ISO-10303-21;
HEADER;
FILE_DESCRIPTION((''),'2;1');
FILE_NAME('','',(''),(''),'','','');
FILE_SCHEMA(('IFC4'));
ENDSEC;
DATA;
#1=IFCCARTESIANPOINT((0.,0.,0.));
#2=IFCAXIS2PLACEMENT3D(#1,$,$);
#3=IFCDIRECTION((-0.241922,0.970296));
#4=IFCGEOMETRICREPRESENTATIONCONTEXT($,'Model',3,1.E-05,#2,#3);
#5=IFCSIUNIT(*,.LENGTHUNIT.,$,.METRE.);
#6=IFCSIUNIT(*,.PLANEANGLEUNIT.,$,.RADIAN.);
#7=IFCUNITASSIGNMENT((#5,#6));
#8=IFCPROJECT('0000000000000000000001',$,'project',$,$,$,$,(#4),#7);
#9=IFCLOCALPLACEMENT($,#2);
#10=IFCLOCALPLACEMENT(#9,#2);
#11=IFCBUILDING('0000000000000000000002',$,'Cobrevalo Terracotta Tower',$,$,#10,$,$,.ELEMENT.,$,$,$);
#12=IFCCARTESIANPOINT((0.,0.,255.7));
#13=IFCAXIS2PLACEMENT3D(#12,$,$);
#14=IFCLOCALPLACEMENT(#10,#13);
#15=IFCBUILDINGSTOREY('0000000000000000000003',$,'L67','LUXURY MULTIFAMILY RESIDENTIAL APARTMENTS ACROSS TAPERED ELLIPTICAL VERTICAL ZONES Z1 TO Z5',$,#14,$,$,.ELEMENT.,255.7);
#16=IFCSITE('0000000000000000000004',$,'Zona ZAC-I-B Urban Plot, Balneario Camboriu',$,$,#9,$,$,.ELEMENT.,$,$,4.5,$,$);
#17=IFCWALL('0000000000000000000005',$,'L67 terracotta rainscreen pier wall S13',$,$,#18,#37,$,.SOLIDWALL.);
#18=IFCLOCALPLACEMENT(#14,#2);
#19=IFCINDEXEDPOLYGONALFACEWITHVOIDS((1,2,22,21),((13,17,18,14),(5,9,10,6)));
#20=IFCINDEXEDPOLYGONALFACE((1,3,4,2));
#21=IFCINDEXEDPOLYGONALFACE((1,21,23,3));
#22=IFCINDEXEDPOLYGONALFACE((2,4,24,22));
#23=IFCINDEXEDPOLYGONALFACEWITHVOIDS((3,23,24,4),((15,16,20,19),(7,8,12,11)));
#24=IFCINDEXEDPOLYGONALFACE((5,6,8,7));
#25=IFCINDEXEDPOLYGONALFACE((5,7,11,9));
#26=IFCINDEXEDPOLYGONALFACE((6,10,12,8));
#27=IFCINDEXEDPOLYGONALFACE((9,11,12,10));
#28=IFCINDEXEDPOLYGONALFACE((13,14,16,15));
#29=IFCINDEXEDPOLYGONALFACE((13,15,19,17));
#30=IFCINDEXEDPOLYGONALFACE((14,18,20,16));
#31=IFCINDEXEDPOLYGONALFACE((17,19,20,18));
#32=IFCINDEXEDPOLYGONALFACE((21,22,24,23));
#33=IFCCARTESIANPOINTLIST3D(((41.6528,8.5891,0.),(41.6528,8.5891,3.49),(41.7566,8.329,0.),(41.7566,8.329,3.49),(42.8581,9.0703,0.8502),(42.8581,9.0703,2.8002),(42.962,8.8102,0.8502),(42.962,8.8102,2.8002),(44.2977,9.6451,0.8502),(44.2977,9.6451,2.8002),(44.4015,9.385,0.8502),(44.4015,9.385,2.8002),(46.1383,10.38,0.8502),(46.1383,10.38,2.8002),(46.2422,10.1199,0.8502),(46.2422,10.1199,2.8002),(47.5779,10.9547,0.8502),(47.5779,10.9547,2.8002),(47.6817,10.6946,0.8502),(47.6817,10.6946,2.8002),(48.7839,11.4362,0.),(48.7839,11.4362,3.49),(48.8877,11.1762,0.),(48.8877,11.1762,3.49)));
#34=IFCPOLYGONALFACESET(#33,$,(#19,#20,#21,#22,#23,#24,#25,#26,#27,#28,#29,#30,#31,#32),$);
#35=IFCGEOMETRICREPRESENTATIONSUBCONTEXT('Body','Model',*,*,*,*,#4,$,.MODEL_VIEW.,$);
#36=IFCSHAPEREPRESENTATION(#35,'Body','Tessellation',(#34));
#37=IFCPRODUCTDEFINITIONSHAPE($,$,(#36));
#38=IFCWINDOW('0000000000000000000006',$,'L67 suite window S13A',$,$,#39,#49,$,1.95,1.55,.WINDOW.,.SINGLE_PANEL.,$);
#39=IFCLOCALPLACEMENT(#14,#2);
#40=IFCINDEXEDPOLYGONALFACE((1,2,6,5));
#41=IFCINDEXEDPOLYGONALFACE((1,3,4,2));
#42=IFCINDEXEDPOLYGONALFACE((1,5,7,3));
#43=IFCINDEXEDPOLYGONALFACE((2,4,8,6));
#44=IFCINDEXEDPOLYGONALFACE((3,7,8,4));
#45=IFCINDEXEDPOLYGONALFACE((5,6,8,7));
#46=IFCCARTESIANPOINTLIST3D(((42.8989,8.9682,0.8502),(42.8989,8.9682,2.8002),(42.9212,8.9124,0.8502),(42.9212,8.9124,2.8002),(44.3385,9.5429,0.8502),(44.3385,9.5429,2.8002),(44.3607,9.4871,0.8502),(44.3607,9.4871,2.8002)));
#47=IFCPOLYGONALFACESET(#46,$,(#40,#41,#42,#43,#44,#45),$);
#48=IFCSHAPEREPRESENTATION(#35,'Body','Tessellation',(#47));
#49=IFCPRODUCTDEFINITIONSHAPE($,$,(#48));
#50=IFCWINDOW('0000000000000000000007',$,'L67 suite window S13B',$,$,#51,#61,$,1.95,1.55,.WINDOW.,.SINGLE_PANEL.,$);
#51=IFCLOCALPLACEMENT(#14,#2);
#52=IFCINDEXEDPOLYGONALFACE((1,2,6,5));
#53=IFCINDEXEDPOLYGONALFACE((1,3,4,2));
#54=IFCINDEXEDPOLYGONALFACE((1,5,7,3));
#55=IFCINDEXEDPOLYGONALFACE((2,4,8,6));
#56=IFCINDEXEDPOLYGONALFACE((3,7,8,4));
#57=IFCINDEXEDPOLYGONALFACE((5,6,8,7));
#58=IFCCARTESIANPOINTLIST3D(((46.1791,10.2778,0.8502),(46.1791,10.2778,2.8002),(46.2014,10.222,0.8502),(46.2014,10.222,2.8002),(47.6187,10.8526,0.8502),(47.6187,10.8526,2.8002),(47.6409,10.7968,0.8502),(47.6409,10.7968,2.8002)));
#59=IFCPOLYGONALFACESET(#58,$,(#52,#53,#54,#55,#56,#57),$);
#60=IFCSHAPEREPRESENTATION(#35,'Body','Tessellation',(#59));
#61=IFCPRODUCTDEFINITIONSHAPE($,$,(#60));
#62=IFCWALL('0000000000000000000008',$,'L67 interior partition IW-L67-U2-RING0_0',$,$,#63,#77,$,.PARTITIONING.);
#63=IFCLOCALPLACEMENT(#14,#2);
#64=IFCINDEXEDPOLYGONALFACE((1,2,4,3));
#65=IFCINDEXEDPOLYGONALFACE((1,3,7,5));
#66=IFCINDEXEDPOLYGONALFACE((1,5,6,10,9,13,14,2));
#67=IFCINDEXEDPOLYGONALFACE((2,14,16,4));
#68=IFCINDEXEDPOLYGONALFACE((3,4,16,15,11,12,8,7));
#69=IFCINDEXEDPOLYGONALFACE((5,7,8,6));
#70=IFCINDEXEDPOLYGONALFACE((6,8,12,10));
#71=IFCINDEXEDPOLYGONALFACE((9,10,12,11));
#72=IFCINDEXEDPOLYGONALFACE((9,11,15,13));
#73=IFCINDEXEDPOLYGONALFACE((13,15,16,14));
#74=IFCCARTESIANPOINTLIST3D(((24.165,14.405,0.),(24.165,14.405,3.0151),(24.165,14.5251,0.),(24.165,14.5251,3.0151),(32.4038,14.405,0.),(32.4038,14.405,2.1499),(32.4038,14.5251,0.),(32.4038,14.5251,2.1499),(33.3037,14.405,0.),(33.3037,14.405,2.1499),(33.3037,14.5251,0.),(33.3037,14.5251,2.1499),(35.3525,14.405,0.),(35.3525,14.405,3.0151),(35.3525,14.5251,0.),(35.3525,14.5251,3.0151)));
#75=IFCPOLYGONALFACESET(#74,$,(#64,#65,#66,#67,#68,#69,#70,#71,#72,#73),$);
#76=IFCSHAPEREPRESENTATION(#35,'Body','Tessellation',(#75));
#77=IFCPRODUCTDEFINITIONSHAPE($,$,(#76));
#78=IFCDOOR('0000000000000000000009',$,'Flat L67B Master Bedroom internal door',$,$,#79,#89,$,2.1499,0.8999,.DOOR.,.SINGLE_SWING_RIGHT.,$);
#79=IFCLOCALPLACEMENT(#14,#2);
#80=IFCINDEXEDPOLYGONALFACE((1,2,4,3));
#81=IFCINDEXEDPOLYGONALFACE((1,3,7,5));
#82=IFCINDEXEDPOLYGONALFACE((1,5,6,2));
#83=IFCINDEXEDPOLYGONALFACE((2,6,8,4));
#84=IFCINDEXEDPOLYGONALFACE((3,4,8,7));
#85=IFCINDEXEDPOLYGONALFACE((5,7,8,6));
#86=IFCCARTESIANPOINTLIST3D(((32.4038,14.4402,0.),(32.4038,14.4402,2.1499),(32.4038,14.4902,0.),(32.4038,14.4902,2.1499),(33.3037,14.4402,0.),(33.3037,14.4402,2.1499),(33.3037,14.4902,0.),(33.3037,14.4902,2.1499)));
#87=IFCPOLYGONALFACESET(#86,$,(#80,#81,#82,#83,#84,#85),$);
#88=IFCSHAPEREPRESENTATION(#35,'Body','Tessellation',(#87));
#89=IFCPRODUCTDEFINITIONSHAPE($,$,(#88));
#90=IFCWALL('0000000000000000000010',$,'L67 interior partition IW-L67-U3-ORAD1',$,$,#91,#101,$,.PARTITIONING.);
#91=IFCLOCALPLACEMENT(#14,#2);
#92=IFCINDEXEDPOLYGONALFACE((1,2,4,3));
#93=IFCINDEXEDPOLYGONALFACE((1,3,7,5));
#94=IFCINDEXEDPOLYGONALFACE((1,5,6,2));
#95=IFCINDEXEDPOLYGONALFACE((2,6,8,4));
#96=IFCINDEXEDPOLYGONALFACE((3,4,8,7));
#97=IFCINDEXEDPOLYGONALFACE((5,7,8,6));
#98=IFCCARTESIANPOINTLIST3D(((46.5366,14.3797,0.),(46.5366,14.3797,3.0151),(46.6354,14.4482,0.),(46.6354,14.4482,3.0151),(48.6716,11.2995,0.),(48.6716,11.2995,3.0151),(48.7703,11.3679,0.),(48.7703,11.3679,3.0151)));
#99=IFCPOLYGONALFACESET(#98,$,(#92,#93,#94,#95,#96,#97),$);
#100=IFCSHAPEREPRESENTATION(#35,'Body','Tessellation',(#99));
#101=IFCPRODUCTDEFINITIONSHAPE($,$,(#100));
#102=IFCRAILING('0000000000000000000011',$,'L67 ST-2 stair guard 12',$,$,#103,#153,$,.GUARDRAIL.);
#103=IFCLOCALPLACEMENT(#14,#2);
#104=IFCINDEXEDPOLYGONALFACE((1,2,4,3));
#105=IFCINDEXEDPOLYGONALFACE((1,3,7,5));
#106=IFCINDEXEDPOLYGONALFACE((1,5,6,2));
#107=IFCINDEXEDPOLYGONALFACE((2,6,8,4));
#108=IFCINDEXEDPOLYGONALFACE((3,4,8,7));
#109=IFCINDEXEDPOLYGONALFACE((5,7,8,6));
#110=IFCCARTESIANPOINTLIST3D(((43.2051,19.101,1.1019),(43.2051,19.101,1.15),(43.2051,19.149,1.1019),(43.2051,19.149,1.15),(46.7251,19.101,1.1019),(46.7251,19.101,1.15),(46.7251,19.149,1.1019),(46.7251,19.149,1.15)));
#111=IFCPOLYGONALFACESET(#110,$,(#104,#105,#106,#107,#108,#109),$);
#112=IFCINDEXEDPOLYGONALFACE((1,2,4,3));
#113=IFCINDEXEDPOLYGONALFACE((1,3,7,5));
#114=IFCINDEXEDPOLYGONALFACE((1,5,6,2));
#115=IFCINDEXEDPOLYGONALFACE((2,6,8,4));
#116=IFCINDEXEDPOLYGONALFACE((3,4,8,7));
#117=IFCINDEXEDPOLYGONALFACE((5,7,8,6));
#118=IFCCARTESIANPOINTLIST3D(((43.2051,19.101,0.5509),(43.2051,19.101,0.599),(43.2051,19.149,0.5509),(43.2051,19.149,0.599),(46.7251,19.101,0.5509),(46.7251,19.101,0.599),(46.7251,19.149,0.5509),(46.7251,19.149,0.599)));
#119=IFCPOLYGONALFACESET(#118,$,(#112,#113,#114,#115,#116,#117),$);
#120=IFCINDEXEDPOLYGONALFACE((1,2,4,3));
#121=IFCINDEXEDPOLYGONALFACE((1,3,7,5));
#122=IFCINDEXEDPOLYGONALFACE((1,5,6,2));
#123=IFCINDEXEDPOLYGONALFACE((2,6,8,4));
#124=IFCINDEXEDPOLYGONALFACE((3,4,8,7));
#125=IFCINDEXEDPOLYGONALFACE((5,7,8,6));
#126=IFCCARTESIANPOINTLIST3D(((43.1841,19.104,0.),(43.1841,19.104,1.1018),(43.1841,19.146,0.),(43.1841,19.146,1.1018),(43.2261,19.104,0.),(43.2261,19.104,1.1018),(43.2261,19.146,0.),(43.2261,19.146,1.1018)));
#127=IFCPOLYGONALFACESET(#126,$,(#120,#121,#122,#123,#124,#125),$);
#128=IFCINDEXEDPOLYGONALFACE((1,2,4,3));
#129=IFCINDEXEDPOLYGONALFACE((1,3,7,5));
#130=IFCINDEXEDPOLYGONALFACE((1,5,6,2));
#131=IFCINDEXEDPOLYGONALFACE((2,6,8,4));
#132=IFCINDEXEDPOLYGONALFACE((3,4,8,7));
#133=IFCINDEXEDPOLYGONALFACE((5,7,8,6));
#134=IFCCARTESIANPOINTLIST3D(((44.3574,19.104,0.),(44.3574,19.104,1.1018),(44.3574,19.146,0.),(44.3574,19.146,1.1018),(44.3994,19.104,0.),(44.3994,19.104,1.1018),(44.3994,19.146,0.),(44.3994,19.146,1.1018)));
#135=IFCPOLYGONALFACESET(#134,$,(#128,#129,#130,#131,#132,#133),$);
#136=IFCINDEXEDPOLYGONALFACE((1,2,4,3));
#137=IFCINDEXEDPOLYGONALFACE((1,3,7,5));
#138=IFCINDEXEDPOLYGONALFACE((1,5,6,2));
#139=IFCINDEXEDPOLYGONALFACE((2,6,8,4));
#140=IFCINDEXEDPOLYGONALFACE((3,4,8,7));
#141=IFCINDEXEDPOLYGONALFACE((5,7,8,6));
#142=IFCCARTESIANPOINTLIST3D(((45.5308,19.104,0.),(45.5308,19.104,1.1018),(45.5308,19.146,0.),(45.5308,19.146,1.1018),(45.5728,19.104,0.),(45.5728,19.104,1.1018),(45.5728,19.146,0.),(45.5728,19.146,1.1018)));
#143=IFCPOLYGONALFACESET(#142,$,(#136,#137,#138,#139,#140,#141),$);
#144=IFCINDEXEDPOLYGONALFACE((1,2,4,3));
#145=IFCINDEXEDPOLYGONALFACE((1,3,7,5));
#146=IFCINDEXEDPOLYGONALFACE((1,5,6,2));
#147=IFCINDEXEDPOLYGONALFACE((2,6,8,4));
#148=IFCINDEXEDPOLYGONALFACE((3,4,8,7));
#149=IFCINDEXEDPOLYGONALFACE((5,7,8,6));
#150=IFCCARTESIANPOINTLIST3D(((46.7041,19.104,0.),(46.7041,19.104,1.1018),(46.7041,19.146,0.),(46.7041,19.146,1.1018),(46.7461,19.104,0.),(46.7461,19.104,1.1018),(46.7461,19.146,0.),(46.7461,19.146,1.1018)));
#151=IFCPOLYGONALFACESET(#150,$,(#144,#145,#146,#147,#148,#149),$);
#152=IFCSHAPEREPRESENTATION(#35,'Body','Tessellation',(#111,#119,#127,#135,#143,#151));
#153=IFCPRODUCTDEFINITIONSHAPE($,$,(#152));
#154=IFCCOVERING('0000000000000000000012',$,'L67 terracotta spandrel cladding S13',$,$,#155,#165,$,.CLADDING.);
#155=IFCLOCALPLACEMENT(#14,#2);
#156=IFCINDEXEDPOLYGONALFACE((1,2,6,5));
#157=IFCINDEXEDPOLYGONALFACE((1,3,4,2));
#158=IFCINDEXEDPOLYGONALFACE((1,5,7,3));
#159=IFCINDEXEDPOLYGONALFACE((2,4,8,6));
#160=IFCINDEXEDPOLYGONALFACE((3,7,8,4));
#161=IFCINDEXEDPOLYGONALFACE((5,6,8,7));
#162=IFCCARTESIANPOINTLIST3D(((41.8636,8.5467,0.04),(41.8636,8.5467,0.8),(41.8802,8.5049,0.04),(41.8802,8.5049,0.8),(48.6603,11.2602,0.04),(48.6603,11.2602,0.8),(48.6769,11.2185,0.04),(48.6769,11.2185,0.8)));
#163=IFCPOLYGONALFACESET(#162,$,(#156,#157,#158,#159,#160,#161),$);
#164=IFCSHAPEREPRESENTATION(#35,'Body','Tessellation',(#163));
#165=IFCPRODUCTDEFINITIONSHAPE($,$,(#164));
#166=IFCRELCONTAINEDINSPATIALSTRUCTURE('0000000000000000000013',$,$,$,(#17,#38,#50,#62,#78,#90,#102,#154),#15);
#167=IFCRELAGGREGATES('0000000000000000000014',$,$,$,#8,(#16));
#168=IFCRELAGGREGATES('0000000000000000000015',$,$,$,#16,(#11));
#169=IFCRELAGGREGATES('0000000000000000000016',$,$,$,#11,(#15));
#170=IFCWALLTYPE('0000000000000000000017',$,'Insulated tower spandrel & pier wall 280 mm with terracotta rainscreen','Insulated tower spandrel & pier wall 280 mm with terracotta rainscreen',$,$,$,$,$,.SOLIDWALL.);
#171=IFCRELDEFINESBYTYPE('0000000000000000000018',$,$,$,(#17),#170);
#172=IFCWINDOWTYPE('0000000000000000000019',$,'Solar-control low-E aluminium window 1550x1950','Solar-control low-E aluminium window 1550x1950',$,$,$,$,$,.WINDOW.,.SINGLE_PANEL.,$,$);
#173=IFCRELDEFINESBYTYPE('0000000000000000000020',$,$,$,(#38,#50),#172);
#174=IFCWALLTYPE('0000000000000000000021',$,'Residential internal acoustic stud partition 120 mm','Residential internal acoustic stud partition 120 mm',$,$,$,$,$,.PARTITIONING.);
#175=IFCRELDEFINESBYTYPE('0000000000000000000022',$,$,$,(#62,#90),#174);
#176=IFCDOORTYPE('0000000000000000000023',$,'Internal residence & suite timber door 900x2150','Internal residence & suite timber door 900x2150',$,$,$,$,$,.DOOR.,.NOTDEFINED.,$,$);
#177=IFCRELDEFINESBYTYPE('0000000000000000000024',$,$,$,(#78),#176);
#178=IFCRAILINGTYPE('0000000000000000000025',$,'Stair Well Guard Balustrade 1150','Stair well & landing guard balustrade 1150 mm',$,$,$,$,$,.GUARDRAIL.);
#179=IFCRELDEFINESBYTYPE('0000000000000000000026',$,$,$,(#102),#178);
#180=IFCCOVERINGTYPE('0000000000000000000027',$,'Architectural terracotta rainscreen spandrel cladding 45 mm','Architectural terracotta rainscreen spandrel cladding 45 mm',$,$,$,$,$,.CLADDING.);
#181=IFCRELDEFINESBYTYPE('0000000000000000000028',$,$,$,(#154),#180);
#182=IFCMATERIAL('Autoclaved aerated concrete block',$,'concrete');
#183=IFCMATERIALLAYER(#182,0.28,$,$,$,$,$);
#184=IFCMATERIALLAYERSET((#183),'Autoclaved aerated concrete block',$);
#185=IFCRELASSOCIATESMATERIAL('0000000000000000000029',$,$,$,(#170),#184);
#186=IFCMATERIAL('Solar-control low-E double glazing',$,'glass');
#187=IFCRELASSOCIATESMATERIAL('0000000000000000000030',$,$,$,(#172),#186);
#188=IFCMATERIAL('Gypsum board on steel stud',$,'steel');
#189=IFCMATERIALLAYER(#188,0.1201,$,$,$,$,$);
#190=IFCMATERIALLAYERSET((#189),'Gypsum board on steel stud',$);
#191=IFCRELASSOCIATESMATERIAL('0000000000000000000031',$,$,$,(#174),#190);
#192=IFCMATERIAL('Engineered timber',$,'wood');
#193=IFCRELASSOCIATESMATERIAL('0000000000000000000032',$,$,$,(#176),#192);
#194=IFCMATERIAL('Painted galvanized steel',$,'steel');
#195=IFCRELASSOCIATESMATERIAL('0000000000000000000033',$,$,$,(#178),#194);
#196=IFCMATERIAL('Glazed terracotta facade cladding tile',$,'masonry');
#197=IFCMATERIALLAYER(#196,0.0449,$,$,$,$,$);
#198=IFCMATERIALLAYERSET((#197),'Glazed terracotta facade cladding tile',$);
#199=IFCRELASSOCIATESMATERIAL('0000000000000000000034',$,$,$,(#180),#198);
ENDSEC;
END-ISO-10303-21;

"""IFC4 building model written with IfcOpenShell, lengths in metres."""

from ifc_helpers import new_model, si_unit, direction, frame, frame_2d, origin, origin_2d, place, context, subcontext, project, spatial, rectangle, extrude, source, transform, mapped, material, layer, layer_set, type_object, element, fill, save


model = new_model("IFC4")

# Units and contexts
model_context = context("Model", 3, precision=1e-05, world=origin(), true_north=direction((-0.241922, 0.970296)))
body_context = subcontext(model_context, "Body", "Model", "MODEL_VIEW")
ifc_project = project(units=[si_unit("LENGTHUNIT", "METRE"), si_unit("PLANEANGLEUNIT", "RADIAN")], contexts=[model_context])

# Site, building, storey
site_placement = place(None, origin())
site = spatial("IfcSite", under=ifc_project, at=site_placement, Name="Zona ZAC-I-B Urban Plot, Balneario Camboriu", CompositionType="ELEMENT", RefElevation=4.5)
building_placement = place(site_placement, origin())
building = spatial("IfcBuilding", under=site, at=building_placement, Name="Cobrevalo Terracotta Tower", CompositionType="ELEMENT")
storey_placement = place(building_placement, frame((0.0, 0.0, 255.7)))
storey = spatial("IfcBuildingStorey", under=building, at=storey_placement, Name="L67", Description="LUXURY MULTIFAMILY RESIDENTIAL APARTMENTS ACROSS TAPERED ELLIPTICAL VERTICAL ZONES Z1 TO Z5", CompositionType="ELEMENT", Elevation=255.7)

# Shared definitions
ifc_material_1 = material(Name="Autoclaved aerated concrete block", Category="concrete")

# Wall, openings, windows
ifc_layer_1 = layer(ifc_material_1, 0.28)
ifc_layer_set_1 = layer_set([ifc_layer_1], Name="Autoclaved aerated concrete block")
wall_type_1 = type_object("IfcWallType", Name="Insulated tower spandrel & pier wall 280 mm with terracotta rainscreen", Description="Insulated tower spandrel & pier wall 280 mm with terracotta rainscreen", PredefinedType="SOLIDWALL", material=ifc_layer_set_1)
wall_1_placement = place(storey_placement, frame((41.7046, 8.459, 0.0), z_axis=(0.0, 0.0, 1.0), x_axis=(0.928713, 0.370799, 0.0)))
wall_1 = element("IfcWall", 1, at=wall_1_placement, inside=storey, type_object=wall_type_1, Name="L67 terracotta rainscreen pier wall S13", PredefinedType="SOLIDWALL", context=body_context, shape_type="SweptSolid", body=[
    extrude(rectangle(XDim=7.6785, YDim=0.28, at=frame_2d((3.8394, 0.0))), origin(), (0.0, 0.0, 1.0), 3.49),
])
opening_1_placement = place(wall_1_placement, frame((1.2981, 0.0, 0.8501)))
opening_1 = element("IfcOpeningElement", 2, at=opening_1_placement, cuts=wall_1, PredefinedType="OPENING", context=body_context, shape_type="SweptSolid", body=[
    extrude(rectangle(XDim=1.55, YDim=1.95, at=frame_2d((0.7749, 0.9751))), frame((0.0, 0.1499, 0.0), z_axis=(0.0, -1.0, 0.0), x_axis=(1.0, 0.0, 0.0)), (0.0, 0.0, 1.0), 0.3),
])
opening_2_placement = place(wall_1_placement, frame((4.8301, 0.0, 0.8501)))
opening_2 = element("IfcOpeningElement", 3, at=opening_2_placement, cuts=wall_1, PredefinedType="OPENING", context=body_context, shape_type="SweptSolid", body=[
    extrude(rectangle(XDim=1.55, YDim=1.95, at=frame_2d((0.7749, 0.9751))), frame((0.0, 0.1499, 0.0), z_axis=(0.0, -1.0, 0.0), x_axis=(1.0, 0.0, 0.0)), (0.0, 0.0, 1.0), 0.3),
])
ifc_material_2 = material(Name="Solar-control low-E double glazing", Category="glass")
window_type = type_object("IfcWindowType", Name="Solar-control low-E aluminium window 1550x1950", Description="Solar-control low-E aluminium window 1550x1950", PartitioningType="SINGLE_PANEL", PredefinedType="WINDOW", material=ifc_material_2)
shared_shape_1 = source(origin(), body_context, "Body", "SweptSolid", [
    extrude(rectangle(XDim=1.55, YDim=1.95, at=frame_2d((0.7749, 0.9751))), frame((0.0, 0.03, 0.0), z_axis=(0.0, -1.0, 0.0), x_axis=(1.0, 0.0, 0.0)), (0.0, 0.0, 1.0), 0.0601),
])
window_1_placement = place(opening_1_placement, origin())
window_1 = element("IfcWindow", 4, at=window_1_placement, inside=storey, type_object=window_type, Name="L67 suite window S13A", OverallHeight=1.95, OverallWidth=1.55, PartitioningType="SINGLE_PANEL", PredefinedType="WINDOW", context=body_context, shape_type="MappedRepresentation", body=[
    mapped(shared_shape_1, transform((0.0, 0.0, 0.0), scale=1.0)),
])
fill(opening_1, window_1)
window_2_placement = place(opening_2_placement, origin())
window_2 = element("IfcWindow", 5, at=window_2_placement, inside=storey, type_object=window_type, Name="L67 suite window S13B", OverallHeight=1.95, OverallWidth=1.55, PartitioningType="SINGLE_PANEL", PredefinedType="WINDOW", context=body_context, shape_type="MappedRepresentation", body=[
    mapped(shared_shape_1, transform((0.0, 0.0, 0.0), scale=1.0)),
])
fill(opening_2, window_2)

# Wall, opening, door
ifc_material_3 = material(Name="Gypsum board on steel stud", Category="steel")
ifc_layer_2 = layer(ifc_material_3, 0.1201)
ifc_layer_set_2 = layer_set([ifc_layer_2], Name="Gypsum board on steel stud")
wall_type_2 = type_object("IfcWallType", Name="Residential internal acoustic stud partition 120 mm", Description="Residential internal acoustic stud partition 120 mm", PredefinedType="PARTITIONING", material=ifc_layer_set_2)
wall_2_placement = place(storey_placement, frame((35.3525, 14.4651, 0.0), z_axis=(0.0, 0.0, 1.0), x_axis=(-1.0, 0.0, 0.0)))
wall_2 = element("IfcWall", 6, at=wall_2_placement, inside=storey, type_object=wall_type_2, Name="L67 interior partition IW-L67-U2-RING0_0", PredefinedType="PARTITIONING", context=body_context, shape_type="SweptSolid", body=[
    extrude(rectangle(XDim=11.1875, YDim=0.1201, at=frame_2d((5.5938, 0.0))), origin(), (0.0, 0.0, 1.0), 3.0151),
])
opening_3_placement = place(wall_2_placement, frame((2.0488, 0.0, 0.0)))
opening_3 = element("IfcOpeningElement", 7, at=opening_3_placement, cuts=wall_2, PredefinedType="OPENING", context=body_context, shape_type="SweptSolid", body=[
    extrude(rectangle(XDim=0.8999, YDim=2.1499, at=frame_2d((0.45, 1.075))), frame((0.0, 0.0701, 0.0), z_axis=(0.0, -1.0, 0.0), x_axis=(1.0, 0.0, 0.0)), (0.0, 0.0, 1.0), 0.1401),
])
ifc_material_4 = material(Name="Engineered timber", Category="wood")
door_type_1 = type_object("IfcDoorType", Name="Internal residence & suite timber door 900x2150", Description="Internal residence & suite timber door 900x2150", OperationType="NOTDEFINED", PredefinedType="DOOR", material=ifc_material_4)
shared_shape_2 = source(origin(), body_context, "Body", "SweptSolid", [
    extrude(rectangle(XDim=0.8999, YDim=2.1499, at=frame_2d((0.45, 1.075))), frame((0.0, 0.0249, 0.0), z_axis=(0.0, -1.0, 0.0), x_axis=(1.0, 0.0, 0.0)), (0.0, 0.0, 1.0), 0.05),
])
door_1_placement = place(opening_3_placement, origin())
door_1 = element("IfcDoor", 8, at=door_1_placement, inside=storey, type_object=door_type_1, Name="Flat L67B Master Bedroom internal door", OperationType="SINGLE_SWING_RIGHT", OverallHeight=2.1499, OverallWidth=0.8999, PredefinedType="DOOR", context=body_context, shape_type="MappedRepresentation", body=[
    mapped(shared_shape_2, transform((0.0, 0.0, 0.0), scale=1.0)),
])
fill(opening_3, door_1)

# Wall
wall_3_placement = place(storey_placement, frame((46.5859, 14.4141, 0.0), z_axis=(0.0, 0.0, 1.0), x_axis=(0.569657, -0.821883, 0.0)))
element("IfcWall", 9, at=wall_3_placement, inside=storey, type_object=wall_type_2, Name="L67 interior partition IW-L67-U3-ORAD1", PredefinedType="PARTITIONING", context=body_context, shape_type="SweptSolid", body=[
    extrude(rectangle(XDim=3.7478, YDim=0.1201, at=frame_2d((1.874, 0.0))), origin(), (0.0, 0.0, 1.0), 3.0151),
])

# Railing
ifc_material_5 = material(Name="Painted galvanized steel", Category="steel")
railing_type = type_object("IfcRailingType", Name="Stair Well Guard Balustrade 1150", Description="Stair well & landing guard balustrade 1150 mm", PredefinedType="GUARDRAIL", material=ifc_material_5)
railing_placement = place(storey_placement, frame((43.2051, 19.125, 0.0)))
element("IfcRailing", 10, at=railing_placement, inside=storey, type_object=railing_type, Name="L67 ST-2 stair guard 12", PredefinedType="GUARDRAIL", context=body_context, shape_type="SweptSolid", body=[
    extrude(rectangle(XDim=0.0481, YDim=0.0481, at=origin_2d()), frame((0.0, 0.0, 1.126), z_axis=(1.0, 0.0, 0.0), x_axis=(0.0, 1.0, 0.0)), (0.0, 0.0, 1.0), 3.52),
    extrude(rectangle(XDim=0.0481, YDim=0.0481, at=origin_2d()), frame((0.0, 0.0, 0.575), z_axis=(1.0, 0.0, 0.0), x_axis=(0.0, 1.0, 0.0)), (0.0, 0.0, 1.0), 3.52),
    extrude(rectangle(XDim=0.042, YDim=0.042, at=origin_2d()), origin(), (0.0, 0.0, 1.0), 1.1018),
    extrude(rectangle(XDim=0.042, YDim=0.042, at=origin_2d()), frame((1.1733, 0.0, 0.0)), (0.0, 0.0, 1.0), 1.1018),
    extrude(rectangle(XDim=0.042, YDim=0.042, at=origin_2d()), frame((2.3467, 0.0, 0.0)), (0.0, 0.0, 1.0), 1.1018),
    extrude(rectangle(XDim=0.042, YDim=0.042, at=origin_2d()), frame((3.52, 0.0, 0.0)), (0.0, 0.0, 1.0), 1.1018),
])

# Covering
ifc_material_6 = material(Name="Glazed terracotta facade cladding tile", Category="masonry")
ifc_layer_3 = layer(ifc_material_6, 0.0449)
ifc_layer_set_3 = layer_set([ifc_layer_3], Name="Glazed terracotta facade cladding tile")
covering_type = type_object("IfcCoveringType", Name="Architectural terracotta rainscreen spandrel cladding 45 mm", Description="Architectural terracotta rainscreen spandrel cladding 45 mm", PredefinedType="CLADDING", material=ifc_layer_set_3)
shared_shape_3 = source(origin(), body_context, "Body", "SweptSolid", [
    extrude(rectangle(XDim=7.3184, YDim=0.0449, at=origin_2d()), origin(), (0.0, 0.0, 1.0), 0.76),
])
covering_placement = place(storey_placement, frame((45.2703, 9.8826, 0.04), z_axis=(0.0, 0.0, 1.0), x_axis=(0.928718, 0.370786, 0.0)))
element("IfcCovering", 11, at=covering_placement, inside=storey, type_object=covering_type, Name="L67 terracotta spandrel cladding S13", PredefinedType="CLADDING", context=body_context, shape_type="MappedRepresentation", body=[
    mapped(shared_shape_3, transform((0.0, 0.0, 0.0), scale=1.0)),
])

save(model, "model.ifc")
